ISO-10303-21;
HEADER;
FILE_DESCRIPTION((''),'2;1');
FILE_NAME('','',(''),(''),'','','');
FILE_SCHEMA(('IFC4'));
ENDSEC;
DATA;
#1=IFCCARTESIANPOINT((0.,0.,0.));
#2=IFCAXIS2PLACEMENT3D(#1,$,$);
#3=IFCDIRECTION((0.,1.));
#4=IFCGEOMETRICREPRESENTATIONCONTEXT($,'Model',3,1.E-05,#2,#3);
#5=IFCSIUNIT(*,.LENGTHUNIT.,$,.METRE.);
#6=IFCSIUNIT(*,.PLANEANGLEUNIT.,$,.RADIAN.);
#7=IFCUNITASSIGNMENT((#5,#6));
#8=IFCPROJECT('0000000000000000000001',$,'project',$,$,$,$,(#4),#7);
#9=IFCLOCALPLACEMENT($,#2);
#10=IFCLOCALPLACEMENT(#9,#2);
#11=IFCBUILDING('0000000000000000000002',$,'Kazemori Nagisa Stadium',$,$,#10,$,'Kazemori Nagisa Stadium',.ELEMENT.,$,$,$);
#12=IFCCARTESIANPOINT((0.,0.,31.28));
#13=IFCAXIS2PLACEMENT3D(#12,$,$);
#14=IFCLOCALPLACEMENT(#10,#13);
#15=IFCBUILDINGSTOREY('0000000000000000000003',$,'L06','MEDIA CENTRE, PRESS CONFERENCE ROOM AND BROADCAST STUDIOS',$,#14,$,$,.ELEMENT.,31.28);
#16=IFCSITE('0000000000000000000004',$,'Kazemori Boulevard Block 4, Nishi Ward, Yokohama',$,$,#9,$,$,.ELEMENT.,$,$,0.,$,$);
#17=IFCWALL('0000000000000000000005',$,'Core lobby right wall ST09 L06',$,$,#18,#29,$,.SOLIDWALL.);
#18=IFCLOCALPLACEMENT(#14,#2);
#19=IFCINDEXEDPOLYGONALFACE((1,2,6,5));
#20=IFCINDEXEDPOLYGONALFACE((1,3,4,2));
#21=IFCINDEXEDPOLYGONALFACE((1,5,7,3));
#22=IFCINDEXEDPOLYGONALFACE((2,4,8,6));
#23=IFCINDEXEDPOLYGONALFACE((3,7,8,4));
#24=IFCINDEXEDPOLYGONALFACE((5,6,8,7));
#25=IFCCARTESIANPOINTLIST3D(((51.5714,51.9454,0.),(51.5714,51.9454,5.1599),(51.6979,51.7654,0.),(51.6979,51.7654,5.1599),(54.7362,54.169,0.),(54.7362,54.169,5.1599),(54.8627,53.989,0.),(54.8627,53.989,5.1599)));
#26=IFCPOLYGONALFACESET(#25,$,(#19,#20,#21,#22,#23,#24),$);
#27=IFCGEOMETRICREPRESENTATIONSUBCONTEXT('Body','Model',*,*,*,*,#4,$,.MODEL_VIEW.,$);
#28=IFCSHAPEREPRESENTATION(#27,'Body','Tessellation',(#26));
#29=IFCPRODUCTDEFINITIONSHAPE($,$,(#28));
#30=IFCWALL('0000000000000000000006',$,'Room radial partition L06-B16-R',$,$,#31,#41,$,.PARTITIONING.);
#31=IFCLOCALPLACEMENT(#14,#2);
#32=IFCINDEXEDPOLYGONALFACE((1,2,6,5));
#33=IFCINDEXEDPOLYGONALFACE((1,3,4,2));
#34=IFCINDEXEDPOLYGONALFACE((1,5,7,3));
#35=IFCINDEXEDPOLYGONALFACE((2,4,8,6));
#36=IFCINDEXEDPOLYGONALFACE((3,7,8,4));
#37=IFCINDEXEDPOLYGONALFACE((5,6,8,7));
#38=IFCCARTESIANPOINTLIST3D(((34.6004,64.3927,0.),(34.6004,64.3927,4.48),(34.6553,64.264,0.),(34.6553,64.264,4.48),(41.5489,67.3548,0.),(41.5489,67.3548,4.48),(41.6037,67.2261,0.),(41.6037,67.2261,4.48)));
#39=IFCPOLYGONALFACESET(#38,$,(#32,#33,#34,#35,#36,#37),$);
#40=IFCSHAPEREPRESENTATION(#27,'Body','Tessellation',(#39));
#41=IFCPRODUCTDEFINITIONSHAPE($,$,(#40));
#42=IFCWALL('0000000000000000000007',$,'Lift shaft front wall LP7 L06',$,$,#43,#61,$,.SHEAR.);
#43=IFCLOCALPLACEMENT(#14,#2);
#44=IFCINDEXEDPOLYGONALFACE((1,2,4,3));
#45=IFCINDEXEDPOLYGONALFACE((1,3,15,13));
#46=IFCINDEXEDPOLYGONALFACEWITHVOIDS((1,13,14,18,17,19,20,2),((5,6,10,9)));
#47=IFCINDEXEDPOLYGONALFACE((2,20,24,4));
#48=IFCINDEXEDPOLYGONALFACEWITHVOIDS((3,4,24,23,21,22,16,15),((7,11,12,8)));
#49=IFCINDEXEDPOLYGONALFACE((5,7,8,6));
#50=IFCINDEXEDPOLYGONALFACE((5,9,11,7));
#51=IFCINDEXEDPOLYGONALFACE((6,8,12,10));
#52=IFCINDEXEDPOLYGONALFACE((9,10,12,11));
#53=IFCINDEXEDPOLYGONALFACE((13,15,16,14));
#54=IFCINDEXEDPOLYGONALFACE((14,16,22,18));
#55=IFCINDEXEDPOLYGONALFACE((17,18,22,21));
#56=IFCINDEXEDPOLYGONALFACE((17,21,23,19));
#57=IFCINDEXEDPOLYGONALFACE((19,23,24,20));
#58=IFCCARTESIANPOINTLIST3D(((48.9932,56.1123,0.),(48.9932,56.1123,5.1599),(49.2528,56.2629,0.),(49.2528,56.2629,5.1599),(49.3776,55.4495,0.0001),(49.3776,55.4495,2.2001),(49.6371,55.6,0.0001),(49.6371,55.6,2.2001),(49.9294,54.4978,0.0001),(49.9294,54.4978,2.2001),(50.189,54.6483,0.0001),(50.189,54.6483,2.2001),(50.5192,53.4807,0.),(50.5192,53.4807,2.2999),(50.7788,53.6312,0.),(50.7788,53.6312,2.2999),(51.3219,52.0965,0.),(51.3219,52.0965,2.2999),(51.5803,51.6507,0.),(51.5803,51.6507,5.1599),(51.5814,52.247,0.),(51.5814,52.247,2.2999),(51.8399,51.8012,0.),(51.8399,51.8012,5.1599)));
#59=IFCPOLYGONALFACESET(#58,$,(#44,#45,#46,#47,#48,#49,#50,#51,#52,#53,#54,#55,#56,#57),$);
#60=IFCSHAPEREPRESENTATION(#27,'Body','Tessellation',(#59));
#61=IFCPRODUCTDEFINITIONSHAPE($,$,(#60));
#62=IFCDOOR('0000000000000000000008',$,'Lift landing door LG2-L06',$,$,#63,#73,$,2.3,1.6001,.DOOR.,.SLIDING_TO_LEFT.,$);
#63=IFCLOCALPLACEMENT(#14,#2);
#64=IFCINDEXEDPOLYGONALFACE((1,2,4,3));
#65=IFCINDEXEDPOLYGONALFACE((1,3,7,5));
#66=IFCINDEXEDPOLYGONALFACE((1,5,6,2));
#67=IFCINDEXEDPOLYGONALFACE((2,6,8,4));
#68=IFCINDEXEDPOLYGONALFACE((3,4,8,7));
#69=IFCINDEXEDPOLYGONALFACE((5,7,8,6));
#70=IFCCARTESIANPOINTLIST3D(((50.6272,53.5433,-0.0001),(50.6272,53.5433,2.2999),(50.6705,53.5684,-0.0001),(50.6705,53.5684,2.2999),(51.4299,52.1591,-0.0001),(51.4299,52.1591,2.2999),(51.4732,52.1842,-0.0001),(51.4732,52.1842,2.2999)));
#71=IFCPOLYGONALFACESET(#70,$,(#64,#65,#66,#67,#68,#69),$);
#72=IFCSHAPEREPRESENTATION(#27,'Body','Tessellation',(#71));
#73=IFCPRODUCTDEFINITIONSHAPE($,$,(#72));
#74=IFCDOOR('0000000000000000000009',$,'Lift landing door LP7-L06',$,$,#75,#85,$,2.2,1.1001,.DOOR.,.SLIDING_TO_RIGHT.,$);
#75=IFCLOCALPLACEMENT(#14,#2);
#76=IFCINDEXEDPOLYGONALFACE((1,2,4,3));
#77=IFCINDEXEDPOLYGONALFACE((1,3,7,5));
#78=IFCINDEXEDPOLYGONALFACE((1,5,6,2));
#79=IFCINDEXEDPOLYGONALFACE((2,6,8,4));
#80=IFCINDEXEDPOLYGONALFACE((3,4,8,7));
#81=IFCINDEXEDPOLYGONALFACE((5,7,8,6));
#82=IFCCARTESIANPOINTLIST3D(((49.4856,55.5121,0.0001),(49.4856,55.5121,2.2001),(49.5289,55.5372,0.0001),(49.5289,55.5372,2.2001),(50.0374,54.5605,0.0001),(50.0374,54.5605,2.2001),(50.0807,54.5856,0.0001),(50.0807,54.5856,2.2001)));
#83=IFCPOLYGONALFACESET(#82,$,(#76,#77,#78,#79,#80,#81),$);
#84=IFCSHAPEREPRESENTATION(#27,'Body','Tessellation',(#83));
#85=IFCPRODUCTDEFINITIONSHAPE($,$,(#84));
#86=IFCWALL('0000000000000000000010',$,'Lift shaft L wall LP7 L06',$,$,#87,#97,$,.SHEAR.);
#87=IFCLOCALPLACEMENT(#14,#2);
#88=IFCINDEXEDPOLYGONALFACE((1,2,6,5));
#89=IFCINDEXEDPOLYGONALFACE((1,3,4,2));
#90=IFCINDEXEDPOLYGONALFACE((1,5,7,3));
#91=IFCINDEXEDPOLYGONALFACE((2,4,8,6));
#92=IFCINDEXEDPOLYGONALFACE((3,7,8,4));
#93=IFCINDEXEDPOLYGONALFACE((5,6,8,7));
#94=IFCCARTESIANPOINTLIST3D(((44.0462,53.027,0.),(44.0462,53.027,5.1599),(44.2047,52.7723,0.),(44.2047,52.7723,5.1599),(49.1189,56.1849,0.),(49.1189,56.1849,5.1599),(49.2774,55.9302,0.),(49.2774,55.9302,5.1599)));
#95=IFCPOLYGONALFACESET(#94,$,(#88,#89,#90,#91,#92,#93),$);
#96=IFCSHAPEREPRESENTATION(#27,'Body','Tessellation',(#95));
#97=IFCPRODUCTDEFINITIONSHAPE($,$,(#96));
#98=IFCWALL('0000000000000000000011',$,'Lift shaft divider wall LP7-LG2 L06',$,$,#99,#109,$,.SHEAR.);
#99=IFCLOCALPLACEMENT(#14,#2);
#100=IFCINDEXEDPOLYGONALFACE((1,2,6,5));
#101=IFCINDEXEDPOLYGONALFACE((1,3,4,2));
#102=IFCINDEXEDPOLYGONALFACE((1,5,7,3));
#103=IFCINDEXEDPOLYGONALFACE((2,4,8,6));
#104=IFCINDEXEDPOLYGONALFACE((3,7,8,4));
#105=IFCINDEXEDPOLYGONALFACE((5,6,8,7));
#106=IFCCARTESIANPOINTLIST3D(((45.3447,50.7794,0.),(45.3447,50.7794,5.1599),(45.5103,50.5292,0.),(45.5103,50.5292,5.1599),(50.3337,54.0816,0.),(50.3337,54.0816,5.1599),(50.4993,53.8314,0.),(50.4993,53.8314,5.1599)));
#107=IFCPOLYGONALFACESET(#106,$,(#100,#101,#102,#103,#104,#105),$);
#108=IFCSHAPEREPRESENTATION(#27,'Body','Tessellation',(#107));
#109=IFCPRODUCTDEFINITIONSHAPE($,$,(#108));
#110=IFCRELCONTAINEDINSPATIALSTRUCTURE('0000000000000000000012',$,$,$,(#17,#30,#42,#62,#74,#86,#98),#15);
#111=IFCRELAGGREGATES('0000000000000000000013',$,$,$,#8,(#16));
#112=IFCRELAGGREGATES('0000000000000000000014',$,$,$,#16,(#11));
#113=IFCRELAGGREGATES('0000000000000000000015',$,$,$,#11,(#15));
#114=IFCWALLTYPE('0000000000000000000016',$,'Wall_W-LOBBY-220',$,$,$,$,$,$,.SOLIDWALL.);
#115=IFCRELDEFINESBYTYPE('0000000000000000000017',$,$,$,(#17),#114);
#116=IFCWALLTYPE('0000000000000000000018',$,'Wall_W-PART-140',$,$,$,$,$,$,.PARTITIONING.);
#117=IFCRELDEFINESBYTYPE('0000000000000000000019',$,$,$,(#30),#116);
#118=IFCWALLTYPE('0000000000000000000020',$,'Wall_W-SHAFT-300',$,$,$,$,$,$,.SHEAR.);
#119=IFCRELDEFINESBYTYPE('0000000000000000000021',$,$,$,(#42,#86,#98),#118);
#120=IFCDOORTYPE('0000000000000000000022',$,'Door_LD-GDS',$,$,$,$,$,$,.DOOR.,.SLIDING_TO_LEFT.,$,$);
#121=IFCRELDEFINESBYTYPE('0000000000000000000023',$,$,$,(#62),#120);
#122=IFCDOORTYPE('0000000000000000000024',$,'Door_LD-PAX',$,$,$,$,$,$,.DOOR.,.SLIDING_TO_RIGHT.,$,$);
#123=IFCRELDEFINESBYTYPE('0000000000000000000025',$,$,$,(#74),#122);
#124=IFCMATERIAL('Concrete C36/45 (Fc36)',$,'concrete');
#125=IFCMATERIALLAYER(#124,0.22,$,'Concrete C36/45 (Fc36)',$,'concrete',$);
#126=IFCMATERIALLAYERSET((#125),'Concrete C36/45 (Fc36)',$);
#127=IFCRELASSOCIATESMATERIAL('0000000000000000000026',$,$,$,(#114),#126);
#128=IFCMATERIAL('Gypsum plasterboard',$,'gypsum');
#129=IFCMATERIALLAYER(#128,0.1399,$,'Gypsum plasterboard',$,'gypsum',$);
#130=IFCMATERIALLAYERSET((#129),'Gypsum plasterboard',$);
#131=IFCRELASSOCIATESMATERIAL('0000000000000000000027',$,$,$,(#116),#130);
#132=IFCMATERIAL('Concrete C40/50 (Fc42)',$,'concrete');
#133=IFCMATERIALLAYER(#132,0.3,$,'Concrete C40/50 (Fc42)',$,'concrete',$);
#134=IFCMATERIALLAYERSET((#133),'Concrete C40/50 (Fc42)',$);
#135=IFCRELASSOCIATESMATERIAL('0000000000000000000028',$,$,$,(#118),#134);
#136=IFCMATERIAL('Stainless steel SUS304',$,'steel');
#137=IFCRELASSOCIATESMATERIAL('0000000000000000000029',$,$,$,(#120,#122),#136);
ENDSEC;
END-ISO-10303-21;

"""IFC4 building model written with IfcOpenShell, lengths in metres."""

from ifc_helpers import new_model, si_unit, direction, frame, frame_2d, origin, place, context, subcontext, project, spatial, rectangle, extrude, material, layer, layer_set, type_object, element, fill, save


model = new_model("IFC4")

# Units and contexts
model_context = context("Model", 3, precision=1e-05, world=origin(), true_north=direction((0.0, 1.0)))
body_context = subcontext(model_context, "Body", "Model", "MODEL_VIEW")
ifc_project = project(units=[si_unit("LENGTHUNIT", "METRE"), si_unit("PLANEANGLEUNIT", "RADIAN")], contexts=[model_context])

# Site, building, storey
site_placement = place(None, origin())
site = spatial("IfcSite", under=ifc_project, at=site_placement, Name="Kazemori Boulevard Block 4, Nishi Ward, Yokohama", CompositionType="ELEMENT", RefElevation=0.0)
building_placement = place(site_placement, origin())
building = spatial("IfcBuilding", under=site, at=building_placement, Name="Kazemori Nagisa Stadium", LongName="Kazemori Nagisa Stadium", CompositionType="ELEMENT")
storey_placement = place(building_placement, frame((0.0, 0.0, 31.28)))
storey = spatial("IfcBuildingStorey", under=building, at=storey_placement, Name="L06", Description="MEDIA CENTRE, PRESS CONFERENCE ROOM AND BROADCAST STUDIOS", CompositionType="ELEMENT", Elevation=31.28)

# Shared definitions
ifc_material_1 = material(Name="Concrete C40/50 (Fc42)", Category="concrete")

# Shared definitions
ifc_material_2 = material(Name="Concrete C36/45 (Fc36)", Category="concrete")
ifc_layer_1 = layer(ifc_material_2, 0.22, Name="Concrete C36/45 (Fc36)", Category="concrete")
ifc_layer_set_1 = layer_set([ifc_layer_1], Name="Concrete C36/45 (Fc36)")
wall_type_1 = type_object("IfcWallType", Name="Wall_W-LOBBY-220", PredefinedType="SOLIDWALL", material=ifc_layer_set_1)

# Walls
wall_1_placement = place(storey_placement, frame((54.7996, 54.0791, 0.0), z_axis=(0.0, 0.0, 1.0), x_axis=(-0.818225, -0.574898, 0.0)))
element("IfcWall", 1, at=wall_1_placement, inside=storey, type_object=wall_type_1, Name="Core lobby right wall ST09 L06", PredefinedType="SOLIDWALL", context=body_context, shape_type="SweptSolid", body=[
    extrude(rectangle(XDim=3.8679, YDim=0.22, at=frame_2d((1.9341, 0.0))), origin(), (0.0, 0.0, 1.0), 5.1599),
])
ifc_material_3 = material(Name="Gypsum plasterboard", Category="gypsum")
ifc_layer_2 = layer(ifc_material_3, 0.1399, Name="Gypsum plasterboard", Category="gypsum")
ifc_layer_set_2 = layer_set([ifc_layer_2], Name="Gypsum plasterboard")
wall_type_2 = type_object("IfcWallType", Name="Wall_W-PART-140", PredefinedType="PARTITIONING", material=ifc_layer_set_2)
wall_2_placement = place(storey_placement, frame((41.5764, 67.2905, 0.0), z_axis=(0.0, 0.0, 1.0), x_axis=(-0.919899, -0.392155, 0.0)))
element("IfcWall", 2, at=wall_2_placement, inside=storey, type_object=wall_type_2, Name="Room radial partition L06-B16-R", PredefinedType="PARTITIONING", context=body_context, shape_type="SweptSolid", body=[
    extrude(rectangle(XDim=7.5535, YDim=0.1399, at=frame_2d((3.7769, 0.0))), origin(), (0.0, 0.0, 1.0), 4.48),
])

# Wall, openings, doors
ifc_layer_3 = layer(ifc_material_1, 0.3, Name="Concrete C40/50 (Fc42)", Category="concrete")
ifc_layer_set_3 = layer_set([ifc_layer_3], Name="Concrete C40/50 (Fc42)")
wall_type_3 = type_object("IfcWallType", Name="Wall_W-SHAFT-300", PredefinedType="SHEAR", material=ifc_layer_set_3)
wall_3_placement = place(storey_placement, frame((49.123, 56.1875, 0.0), z_axis=(0.0, 0.0, 1.0), x_axis=(0.50163, -0.865083, 0.0)))
wall_3 = element("IfcWall", 3, at=wall_3_placement, inside=storey, type_object=wall_type_3, Name="Lift shaft front wall LP7 L06", PredefinedType="SHEAR", context=body_context, shape_type="SweptSolid", body=[
    extrude(rectangle(XDim=5.1575, YDim=0.3, at=frame_2d((2.5786, 0.0))), origin(), (0.0, 0.0, 1.0), 5.1599),
])
opening_1_placement = place(wall_3_placement, frame((0.7661, 0.0, 0.0)))
opening_1 = element("IfcOpeningElement", 4, at=opening_1_placement, cuts=wall_3, PredefinedType="OPENING", context=body_context, shape_type="SweptSolid", body=[
    extrude(rectangle(XDim=1.1001, YDim=2.2, at=frame_2d((0.55, 1.1001))), frame((0.0, 0.1599, 0.0), z_axis=(0.0, -1.0, 0.0), x_axis=(1.0, 0.0, 0.0)), (0.0, 0.0, 1.0), 0.3201),
])
opening_2_placement = place(wall_3_placement, frame((3.042, 0.0, 0.0)))
opening_2 = element("IfcOpeningElement", 5, at=opening_2_placement, cuts=wall_3, PredefinedType="OPENING", context=body_context, shape_type="SweptSolid", body=[
    extrude(rectangle(XDim=1.6001, YDim=2.3, at=frame_2d((0.8, 1.1499))), frame((0.0, 0.1599, 0.0), z_axis=(0.0, -1.0, 0.0), x_axis=(1.0, 0.0, 0.0)), (0.0, 0.0, 1.0), 0.3201),
])
ifc_material_4 = material(Name="Stainless steel SUS304", Category="steel")
door_type_1 = type_object("IfcDoorType", Name="Door_LD-GDS", OperationType="SLIDING_TO_LEFT", PredefinedType="DOOR", material=ifc_material_4)
door_1_placement = place(opening_2_placement, origin())
door_1 = element("IfcDoor", 6, at=door_1_placement, inside=storey, type_object=door_type_1, Name="Lift landing door LG2-L06", OperationType="SLIDING_TO_LEFT", OverallHeight=2.3, OverallWidth=1.6001, PredefinedType="DOOR", context=body_context, shape_type="SweptSolid", body=[
    extrude(rectangle(XDim=1.6001, YDim=2.3, at=frame_2d((0.8, 1.1499))), frame((0.0, 0.0249, 0.0), z_axis=(0.0, -1.0, 0.0), x_axis=(1.0, 0.0, 0.0)), (0.0, 0.0, 1.0), 0.05),
])
fill(opening_2, door_1)
door_type_2 = type_object("IfcDoorType", Name="Door_LD-PAX", OperationType="SLIDING_TO_RIGHT", PredefinedType="DOOR", material=ifc_material_4)
door_2_placement = place(opening_1_placement, origin())
door_2 = element("IfcDoor", 7, at=door_2_placement, inside=storey, type_object=door_type_2, Name="Lift landing door LP7-L06", OperationType="SLIDING_TO_RIGHT", OverallHeight=2.2, OverallWidth=1.1001, PredefinedType="DOOR", context=body_context, shape_type="SweptSolid", body=[
    extrude(rectangle(XDim=1.1001, YDim=2.2, at=frame_2d((0.55, 1.1001))), frame((0.0, 0.0249, 0.0), z_axis=(0.0, -1.0, 0.0), x_axis=(1.0, 0.0, 0.0)), (0.0, 0.0, 1.0), 0.05),
])
fill(opening_1, door_2)

# Walls
wall_4_placement = place(storey_placement, frame((49.1982, 56.0576, 0.0), z_axis=(0.0, 0.0, 1.0), x_axis=(-0.848938, -0.528492, 0.0)))
element("IfcWall", 8, at=wall_4_placement, inside=storey, type_object=wall_type_3, Name="Lift shaft L wall LP7 L06", PredefinedType="SHEAR", context=body_context, shape_type="SweptSolid", body=[
    extrude(rectangle(XDim=5.9753, YDim=0.3, at=frame_2d((2.9878, 0.0))), origin(), (0.0, 0.0, 1.0), 5.1599),
])
wall_5_placement = place(storey_placement, frame((50.4165, 53.9565, 0.0), z_axis=(0.0, 0.0, 1.0), x_axis=(-0.833879, -0.551947, 0.0)))
element("IfcWall", 9, at=wall_5_placement, inside=storey, type_object=wall_type_3, Name="Lift shaft divider wall LP7-LG2 L06", PredefinedType="SHEAR", context=body_context, shape_type="SweptSolid", body=[
    extrude(rectangle(XDim=5.9829, YDim=0.3, at=frame_2d((2.9915, 0.0))), origin(), (0.0, 0.0, 1.0), 5.1599),
])

save(model, "model.ifc")
